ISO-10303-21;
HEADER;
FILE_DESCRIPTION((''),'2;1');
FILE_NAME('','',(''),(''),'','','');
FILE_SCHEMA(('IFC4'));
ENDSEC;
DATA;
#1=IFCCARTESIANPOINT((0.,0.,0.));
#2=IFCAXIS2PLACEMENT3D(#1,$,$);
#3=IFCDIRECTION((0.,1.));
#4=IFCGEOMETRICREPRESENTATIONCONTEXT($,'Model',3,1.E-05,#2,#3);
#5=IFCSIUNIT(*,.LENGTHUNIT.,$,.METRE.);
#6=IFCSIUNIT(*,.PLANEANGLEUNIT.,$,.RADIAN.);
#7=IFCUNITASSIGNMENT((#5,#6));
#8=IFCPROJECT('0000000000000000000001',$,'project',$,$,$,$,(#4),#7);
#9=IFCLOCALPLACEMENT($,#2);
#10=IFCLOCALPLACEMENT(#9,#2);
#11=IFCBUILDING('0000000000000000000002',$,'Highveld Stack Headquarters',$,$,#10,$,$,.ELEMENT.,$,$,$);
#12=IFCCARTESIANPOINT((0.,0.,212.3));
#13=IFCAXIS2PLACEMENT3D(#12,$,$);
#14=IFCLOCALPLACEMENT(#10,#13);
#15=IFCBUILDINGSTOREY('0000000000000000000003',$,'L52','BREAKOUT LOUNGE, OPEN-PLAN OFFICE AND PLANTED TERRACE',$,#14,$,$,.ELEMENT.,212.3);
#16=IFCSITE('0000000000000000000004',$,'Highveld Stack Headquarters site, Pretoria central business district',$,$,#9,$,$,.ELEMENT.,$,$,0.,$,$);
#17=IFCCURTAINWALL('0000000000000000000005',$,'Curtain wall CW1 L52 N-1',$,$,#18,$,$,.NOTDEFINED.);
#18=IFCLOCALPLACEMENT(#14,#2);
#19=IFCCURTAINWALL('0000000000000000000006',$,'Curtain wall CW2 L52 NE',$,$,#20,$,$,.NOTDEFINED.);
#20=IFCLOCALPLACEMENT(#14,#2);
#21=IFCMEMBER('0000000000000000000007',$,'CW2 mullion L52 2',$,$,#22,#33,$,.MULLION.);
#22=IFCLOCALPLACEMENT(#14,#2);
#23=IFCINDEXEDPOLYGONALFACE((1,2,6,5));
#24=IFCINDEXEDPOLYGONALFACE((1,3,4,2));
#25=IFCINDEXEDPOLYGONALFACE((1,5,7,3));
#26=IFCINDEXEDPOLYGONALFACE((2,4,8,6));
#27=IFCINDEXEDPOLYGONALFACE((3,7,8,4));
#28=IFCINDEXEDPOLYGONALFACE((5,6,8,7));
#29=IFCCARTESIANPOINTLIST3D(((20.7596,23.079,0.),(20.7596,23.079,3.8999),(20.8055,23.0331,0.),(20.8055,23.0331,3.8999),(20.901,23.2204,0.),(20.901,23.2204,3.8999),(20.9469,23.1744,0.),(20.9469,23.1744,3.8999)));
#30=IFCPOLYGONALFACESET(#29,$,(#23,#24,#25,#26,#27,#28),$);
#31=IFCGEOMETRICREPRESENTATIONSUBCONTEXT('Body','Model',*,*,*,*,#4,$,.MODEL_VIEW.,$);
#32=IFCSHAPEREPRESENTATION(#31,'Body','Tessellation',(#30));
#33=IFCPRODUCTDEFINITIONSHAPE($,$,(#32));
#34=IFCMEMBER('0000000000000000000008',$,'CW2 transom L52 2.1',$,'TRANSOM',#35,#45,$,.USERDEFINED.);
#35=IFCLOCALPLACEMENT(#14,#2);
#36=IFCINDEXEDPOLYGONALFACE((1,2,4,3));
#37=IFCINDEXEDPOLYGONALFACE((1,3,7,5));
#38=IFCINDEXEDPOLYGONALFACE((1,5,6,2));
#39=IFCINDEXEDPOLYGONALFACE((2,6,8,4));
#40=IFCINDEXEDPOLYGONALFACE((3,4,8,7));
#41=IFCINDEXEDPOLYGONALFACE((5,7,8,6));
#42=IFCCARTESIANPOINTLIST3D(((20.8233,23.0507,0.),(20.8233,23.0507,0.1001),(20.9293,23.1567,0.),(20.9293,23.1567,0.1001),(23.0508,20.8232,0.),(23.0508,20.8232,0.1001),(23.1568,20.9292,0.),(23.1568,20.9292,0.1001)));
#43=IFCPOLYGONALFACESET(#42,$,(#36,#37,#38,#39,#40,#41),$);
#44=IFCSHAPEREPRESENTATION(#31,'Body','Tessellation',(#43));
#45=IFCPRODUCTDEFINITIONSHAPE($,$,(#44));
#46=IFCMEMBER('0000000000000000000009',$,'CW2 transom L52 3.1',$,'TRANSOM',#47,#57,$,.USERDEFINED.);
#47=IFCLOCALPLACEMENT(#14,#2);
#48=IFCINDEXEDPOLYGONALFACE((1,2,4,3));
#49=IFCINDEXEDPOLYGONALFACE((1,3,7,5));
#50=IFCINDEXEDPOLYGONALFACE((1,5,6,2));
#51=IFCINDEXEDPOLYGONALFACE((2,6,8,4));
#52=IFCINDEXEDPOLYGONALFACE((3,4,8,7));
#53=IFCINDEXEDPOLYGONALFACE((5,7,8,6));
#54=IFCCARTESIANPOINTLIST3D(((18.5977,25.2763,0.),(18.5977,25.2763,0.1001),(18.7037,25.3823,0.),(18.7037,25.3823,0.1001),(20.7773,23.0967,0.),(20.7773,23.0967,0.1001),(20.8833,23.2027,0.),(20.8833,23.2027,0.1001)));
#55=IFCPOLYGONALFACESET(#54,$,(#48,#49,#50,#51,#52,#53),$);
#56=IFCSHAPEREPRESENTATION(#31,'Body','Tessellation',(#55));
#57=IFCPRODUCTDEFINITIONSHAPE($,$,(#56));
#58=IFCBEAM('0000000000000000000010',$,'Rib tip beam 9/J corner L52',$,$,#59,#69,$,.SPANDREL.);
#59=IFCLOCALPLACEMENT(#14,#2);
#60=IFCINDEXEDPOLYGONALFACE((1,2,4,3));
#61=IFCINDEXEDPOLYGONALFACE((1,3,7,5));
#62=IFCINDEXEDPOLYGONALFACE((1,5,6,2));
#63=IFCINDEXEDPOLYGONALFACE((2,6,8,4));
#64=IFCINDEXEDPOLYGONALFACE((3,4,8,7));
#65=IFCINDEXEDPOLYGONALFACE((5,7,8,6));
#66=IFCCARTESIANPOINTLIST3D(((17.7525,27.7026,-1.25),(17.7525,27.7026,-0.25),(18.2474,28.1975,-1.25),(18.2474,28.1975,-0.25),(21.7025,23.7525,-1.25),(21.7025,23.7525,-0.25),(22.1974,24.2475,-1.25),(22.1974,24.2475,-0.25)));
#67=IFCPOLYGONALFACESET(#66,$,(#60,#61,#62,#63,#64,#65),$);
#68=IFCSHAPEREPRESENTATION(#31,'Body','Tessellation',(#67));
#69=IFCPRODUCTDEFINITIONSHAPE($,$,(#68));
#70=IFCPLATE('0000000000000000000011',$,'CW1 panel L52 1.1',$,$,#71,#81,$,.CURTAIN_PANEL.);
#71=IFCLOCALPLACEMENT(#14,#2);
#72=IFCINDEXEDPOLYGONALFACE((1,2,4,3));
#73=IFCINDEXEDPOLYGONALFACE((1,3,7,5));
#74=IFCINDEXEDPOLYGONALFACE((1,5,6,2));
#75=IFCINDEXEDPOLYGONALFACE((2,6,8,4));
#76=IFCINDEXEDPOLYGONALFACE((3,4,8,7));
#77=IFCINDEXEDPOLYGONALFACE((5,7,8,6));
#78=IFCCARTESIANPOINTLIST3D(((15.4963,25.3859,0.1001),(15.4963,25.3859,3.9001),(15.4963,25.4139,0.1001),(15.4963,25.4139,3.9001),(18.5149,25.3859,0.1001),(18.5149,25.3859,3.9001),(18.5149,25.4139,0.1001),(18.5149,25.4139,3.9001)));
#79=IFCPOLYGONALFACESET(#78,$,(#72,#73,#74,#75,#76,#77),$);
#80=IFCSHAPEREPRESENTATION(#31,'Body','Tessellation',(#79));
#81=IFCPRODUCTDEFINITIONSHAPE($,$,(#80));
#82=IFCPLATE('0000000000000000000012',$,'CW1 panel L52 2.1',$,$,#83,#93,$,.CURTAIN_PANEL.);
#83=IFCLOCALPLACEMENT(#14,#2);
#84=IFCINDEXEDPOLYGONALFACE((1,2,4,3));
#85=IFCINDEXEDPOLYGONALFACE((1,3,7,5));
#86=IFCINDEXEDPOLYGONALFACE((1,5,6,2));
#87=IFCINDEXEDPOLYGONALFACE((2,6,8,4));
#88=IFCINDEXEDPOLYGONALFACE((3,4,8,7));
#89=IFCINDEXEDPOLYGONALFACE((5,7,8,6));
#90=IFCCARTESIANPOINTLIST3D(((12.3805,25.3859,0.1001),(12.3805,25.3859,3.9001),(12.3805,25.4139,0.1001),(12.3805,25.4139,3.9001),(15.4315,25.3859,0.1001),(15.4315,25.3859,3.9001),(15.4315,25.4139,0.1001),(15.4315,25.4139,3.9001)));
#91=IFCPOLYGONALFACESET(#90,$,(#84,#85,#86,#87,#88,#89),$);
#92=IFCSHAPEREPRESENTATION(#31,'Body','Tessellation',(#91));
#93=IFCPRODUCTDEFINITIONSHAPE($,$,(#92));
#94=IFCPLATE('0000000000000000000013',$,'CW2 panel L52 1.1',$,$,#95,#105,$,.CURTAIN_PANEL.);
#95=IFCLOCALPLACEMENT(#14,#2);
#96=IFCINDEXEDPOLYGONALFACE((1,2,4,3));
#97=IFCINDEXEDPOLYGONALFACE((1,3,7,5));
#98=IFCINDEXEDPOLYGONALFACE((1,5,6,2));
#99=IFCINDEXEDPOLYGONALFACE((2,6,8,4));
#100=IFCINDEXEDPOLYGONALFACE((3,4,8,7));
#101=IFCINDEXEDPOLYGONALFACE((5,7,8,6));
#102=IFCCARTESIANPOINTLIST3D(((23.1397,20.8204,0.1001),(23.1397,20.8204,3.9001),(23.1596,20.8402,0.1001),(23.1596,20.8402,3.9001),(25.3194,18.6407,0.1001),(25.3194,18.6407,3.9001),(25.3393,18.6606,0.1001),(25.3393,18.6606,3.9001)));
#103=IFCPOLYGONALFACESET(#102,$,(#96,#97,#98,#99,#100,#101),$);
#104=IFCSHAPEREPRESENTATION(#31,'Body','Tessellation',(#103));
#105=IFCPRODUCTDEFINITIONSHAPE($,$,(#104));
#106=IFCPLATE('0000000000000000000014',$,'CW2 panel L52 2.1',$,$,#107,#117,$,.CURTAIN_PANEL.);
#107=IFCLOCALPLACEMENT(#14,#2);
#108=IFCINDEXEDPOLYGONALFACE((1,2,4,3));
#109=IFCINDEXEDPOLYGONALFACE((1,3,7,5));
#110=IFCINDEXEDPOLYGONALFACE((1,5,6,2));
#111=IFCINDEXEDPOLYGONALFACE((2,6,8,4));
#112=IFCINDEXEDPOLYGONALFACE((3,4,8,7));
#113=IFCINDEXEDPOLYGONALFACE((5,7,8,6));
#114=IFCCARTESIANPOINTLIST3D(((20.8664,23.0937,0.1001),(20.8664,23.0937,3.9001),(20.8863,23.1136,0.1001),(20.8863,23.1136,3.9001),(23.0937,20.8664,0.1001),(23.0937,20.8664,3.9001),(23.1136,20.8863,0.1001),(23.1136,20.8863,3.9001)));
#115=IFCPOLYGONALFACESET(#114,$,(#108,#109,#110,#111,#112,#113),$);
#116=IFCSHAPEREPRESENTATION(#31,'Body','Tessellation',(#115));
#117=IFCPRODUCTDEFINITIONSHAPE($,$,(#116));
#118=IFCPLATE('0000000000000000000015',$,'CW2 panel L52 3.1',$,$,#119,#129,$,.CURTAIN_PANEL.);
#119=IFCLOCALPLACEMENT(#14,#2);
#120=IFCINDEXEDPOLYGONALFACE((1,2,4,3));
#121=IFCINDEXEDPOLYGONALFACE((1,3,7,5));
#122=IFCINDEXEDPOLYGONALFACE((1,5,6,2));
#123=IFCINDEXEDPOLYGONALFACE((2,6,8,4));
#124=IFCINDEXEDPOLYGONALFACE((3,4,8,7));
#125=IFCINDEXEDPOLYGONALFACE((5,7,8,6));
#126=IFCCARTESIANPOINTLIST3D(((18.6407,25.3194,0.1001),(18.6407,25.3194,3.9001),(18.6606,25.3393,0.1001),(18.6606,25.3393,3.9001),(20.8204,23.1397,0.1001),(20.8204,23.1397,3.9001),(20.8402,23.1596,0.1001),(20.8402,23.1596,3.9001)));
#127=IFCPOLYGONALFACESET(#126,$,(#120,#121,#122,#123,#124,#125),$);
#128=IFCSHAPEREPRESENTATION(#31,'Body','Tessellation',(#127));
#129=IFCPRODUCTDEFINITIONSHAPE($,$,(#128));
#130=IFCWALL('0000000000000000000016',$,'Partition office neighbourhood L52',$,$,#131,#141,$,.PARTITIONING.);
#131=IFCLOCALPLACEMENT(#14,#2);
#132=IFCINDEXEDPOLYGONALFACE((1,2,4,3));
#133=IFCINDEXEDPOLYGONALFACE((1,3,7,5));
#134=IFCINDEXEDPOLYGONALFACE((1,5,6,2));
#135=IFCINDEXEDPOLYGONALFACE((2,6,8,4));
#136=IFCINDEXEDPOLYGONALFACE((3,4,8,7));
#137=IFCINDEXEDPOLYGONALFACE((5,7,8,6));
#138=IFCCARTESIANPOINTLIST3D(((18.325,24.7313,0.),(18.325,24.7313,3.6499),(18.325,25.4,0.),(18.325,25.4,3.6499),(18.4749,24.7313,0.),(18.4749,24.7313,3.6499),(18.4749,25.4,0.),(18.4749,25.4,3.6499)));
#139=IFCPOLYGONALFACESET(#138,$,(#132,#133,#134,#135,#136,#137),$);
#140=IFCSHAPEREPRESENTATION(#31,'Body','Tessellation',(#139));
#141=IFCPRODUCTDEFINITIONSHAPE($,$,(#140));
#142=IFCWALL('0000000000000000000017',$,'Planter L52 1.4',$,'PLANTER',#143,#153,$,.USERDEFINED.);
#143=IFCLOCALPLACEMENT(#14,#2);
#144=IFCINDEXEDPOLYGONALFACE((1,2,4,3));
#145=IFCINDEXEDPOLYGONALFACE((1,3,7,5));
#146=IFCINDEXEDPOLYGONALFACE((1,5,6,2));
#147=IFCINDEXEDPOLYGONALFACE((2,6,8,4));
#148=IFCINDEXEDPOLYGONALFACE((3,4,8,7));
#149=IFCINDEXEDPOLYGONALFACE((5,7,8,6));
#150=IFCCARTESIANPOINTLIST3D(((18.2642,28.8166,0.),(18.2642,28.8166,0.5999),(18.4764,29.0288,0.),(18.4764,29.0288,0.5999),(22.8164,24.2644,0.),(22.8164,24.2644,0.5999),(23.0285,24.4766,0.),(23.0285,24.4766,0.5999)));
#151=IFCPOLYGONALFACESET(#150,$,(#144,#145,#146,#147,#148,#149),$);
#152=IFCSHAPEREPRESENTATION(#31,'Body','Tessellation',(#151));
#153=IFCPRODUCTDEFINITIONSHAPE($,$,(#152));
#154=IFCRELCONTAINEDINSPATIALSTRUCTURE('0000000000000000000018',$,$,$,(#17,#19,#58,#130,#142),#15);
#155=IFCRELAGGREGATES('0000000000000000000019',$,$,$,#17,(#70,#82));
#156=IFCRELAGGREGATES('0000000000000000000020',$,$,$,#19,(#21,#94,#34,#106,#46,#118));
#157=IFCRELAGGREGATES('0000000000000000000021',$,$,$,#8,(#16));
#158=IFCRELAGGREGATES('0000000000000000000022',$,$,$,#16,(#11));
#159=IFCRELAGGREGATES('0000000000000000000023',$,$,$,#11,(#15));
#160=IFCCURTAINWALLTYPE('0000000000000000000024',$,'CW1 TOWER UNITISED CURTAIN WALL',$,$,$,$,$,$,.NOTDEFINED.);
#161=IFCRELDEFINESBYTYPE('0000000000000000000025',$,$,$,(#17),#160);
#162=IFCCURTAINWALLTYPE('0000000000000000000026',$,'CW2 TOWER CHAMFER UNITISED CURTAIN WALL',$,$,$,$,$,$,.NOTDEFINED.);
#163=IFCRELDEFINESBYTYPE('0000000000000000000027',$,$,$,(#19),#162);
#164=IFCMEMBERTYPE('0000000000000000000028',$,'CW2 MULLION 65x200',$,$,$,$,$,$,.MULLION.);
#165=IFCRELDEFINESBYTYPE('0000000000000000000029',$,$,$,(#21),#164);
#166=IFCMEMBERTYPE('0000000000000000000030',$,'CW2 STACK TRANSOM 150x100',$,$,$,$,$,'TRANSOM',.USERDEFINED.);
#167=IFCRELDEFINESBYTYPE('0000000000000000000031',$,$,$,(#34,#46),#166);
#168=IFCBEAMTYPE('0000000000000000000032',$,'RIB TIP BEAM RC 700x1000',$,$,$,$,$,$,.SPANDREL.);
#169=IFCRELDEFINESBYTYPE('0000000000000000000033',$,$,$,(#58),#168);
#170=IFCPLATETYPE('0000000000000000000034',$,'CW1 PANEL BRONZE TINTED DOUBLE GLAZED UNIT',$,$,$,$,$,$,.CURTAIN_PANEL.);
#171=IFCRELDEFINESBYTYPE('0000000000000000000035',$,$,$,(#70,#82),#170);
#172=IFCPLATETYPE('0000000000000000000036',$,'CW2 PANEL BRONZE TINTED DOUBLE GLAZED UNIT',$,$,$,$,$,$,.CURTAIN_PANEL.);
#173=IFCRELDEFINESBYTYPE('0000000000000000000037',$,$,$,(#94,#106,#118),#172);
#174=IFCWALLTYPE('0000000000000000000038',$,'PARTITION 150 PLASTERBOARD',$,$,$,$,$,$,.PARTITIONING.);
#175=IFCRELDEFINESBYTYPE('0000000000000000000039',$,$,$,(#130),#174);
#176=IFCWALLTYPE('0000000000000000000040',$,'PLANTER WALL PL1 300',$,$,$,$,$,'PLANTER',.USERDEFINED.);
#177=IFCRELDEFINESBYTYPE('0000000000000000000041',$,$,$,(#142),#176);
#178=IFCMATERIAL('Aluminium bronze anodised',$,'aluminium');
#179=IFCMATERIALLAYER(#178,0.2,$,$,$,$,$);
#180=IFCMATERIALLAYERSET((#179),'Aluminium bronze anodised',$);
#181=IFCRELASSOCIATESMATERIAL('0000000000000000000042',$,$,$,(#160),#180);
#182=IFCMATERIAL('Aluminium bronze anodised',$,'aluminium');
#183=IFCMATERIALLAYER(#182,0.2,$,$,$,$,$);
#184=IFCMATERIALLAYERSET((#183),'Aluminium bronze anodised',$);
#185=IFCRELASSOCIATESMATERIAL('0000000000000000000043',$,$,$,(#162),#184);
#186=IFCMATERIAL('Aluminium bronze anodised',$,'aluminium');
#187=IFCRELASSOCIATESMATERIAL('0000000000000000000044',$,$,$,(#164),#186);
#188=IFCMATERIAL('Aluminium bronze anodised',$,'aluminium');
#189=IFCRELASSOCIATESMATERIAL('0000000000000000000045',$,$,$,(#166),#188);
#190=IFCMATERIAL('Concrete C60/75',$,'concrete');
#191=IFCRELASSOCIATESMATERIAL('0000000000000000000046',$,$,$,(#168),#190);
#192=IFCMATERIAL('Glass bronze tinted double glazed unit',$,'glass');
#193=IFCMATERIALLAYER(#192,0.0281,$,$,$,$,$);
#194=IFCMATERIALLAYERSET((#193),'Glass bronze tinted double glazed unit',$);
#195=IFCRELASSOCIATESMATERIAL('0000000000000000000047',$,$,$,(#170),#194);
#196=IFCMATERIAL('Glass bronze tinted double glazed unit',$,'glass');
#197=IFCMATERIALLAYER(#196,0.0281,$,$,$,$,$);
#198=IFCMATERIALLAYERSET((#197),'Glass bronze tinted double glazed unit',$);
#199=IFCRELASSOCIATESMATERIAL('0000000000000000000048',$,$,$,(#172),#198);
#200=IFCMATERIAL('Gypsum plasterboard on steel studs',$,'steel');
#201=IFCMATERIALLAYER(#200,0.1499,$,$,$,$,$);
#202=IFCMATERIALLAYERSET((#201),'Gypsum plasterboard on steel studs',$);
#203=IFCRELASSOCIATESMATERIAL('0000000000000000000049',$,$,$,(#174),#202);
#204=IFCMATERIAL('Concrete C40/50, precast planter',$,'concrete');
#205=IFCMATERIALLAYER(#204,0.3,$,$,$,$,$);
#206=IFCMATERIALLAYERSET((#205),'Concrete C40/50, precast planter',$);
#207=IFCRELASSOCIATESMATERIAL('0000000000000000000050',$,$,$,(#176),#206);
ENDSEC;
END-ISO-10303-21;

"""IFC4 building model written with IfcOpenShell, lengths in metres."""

from ifc_helpers import new_model, si_unit, direction, frame, frame_2d, origin, origin_2d, place, context, subcontext, project, spatial, rectangle, extrude, material, layer, layer_set, material_profile, profile_set, type_object, element, aggregate, save


model = new_model("IFC4")

# Units and contexts
model_context = context("Model", 3, precision=1e-05, world=origin(), true_north=direction((0.0, 1.0)))
body_context = subcontext(model_context, "Body", "Model", "MODEL_VIEW")
ifc_project = project(units=[si_unit("LENGTHUNIT", "METRE"), si_unit("PLANEANGLEUNIT", "RADIAN")], contexts=[model_context])

# Site, building, storey
site_placement = place(None, origin())
site = spatial("IfcSite", under=ifc_project, at=site_placement, Name="Highveld Stack Headquarters site, Pretoria central business district", CompositionType="ELEMENT", RefElevation=0.0)
building_placement = place(site_placement, origin())
building = spatial("IfcBuilding", under=site, at=building_placement, Name="Highveld Stack Headquarters", CompositionType="ELEMENT")
storey_placement = place(building_placement, frame((0.0, 0.0, 212.3)))
storey = spatial("IfcBuildingStorey", under=building, at=storey_placement, Name="L52", Description="BREAKOUT LOUNGE, OPEN-PLAN OFFICE AND PLANTED TERRACE", CompositionType="ELEMENT", Elevation=212.3)

# Curtain walls, members
ifc_material_1 = material(Name="Aluminium bronze anodised", Category="aluminium")
ifc_layer_1 = layer(ifc_material_1, 0.2)
ifc_layer_set_1 = layer_set([ifc_layer_1], Name="Aluminium bronze anodised")
curtain_wall_type_1 = type_object("IfcCurtainWallType", Name="CW1 TOWER UNITISED CURTAIN WALL", PredefinedType="NOTDEFINED", material=ifc_layer_set_1)
curtain_wall_1_placement = place(storey_placement, origin())
curtain_wall_1 = element("IfcCurtainWall", 1, at=curtain_wall_1_placement, inside=storey, type_object=curtain_wall_type_1, Name="Curtain wall CW1 L52 N-1", PredefinedType="NOTDEFINED")
ifc_material_2 = material(Name="Aluminium bronze anodised", Category="aluminium")
ifc_layer_2 = layer(ifc_material_2, 0.2)
ifc_layer_set_2 = layer_set([ifc_layer_2], Name="Aluminium bronze anodised")
curtain_wall_type_2 = type_object("IfcCurtainWallType", Name="CW2 TOWER CHAMFER UNITISED CURTAIN WALL", PredefinedType="NOTDEFINED", material=ifc_layer_set_2)
curtain_wall_2_placement = place(storey_placement, origin())
curtain_wall_2 = element("IfcCurtainWall", 2, at=curtain_wall_2_placement, inside=storey, type_object=curtain_wall_type_2, Name="Curtain wall CW2 L52 NE", PredefinedType="NOTDEFINED")
ifc_material_3 = material(Name="Aluminium bronze anodised", Category="aluminium")
ifc_material_profile_1 = material_profile(ifc_material_3, rectangle(XDim=0.2, YDim=0.0649, at=origin_2d()), Name="CW2 MULLION 65x200")
ifc_profile_set_1 = profile_set([ifc_material_profile_1], Name="Aluminium bronze anodised")
member_type_1 = type_object("IfcMemberType", Name="CW2 MULLION 65x200", PredefinedType="MULLION", material=ifc_profile_set_1)
member_1_placement = place(storey_placement, frame((20.8533, 23.1267, 0.0), z_axis=(0.0, 0.0, 1.0), x_axis=(-0.707107, -0.707107, 0.0)))
member_1 = element("IfcMember", 3, at=member_1_placement, type_object=member_type_1, Name="CW2 mullion L52 2", PredefinedType="MULLION", context=body_context, shape_type="SweptSolid", body=[
    extrude(rectangle(XDim=0.2, YDim=0.0649, at=origin_2d()), origin(), (0.0, 0.0, 1.0), 3.8999),
])
ifc_material_4 = material(Name="Aluminium bronze anodised", Category="aluminium")
ifc_material_profile_2 = material_profile(ifc_material_4, rectangle(XDim=0.1499, YDim=0.1001, at=origin_2d()), Name="CW2 TRANSOM 150x100")
ifc_profile_set_2 = profile_set([ifc_material_profile_2], Name="Aluminium bronze anodised")
member_type_2 = type_object("IfcMemberType", Name="CW2 STACK TRANSOM 150x100", ElementType="TRANSOM", PredefinedType="USERDEFINED", material=ifc_profile_set_2)
member_2_placement = place(storey_placement, frame((23.1038, 20.8762, 0.05), z_axis=(-0.707107, 0.707107, 0.0), x_axis=(-0.707107, -0.707107, 0.0)))
member_2 = element("IfcMember", 4, at=member_2_placement, type_object=member_type_2, Name="CW2 transom L52 2.1", ObjectType="TRANSOM", PredefinedType="USERDEFINED", context=body_context, shape_type="SweptSolid", body=[
    extrude(rectangle(XDim=0.1499, YDim=0.1001, at=origin_2d()), origin(), (0.0, 0.0, 1.0), 3.1501),
])
member_3_placement = place(storey_placement, frame((20.8303, 23.1497, 0.05), z_axis=(-0.707107, 0.707107, 0.0), x_axis=(-0.707107, -0.707107, 0.0)))
member_3 = element("IfcMember", 5, at=member_3_placement, type_object=member_type_2, Name="CW2 transom L52 3.1", ObjectType="TRANSOM", PredefinedType="USERDEFINED", context=body_context, shape_type="SweptSolid", body=[
    extrude(rectangle(XDim=0.1499, YDim=0.1001, at=origin_2d()), origin(), (0.0, 0.0, 1.0), 3.0825),
])

# Beam
ifc_material_5 = material(Name="Concrete C60/75", Category="concrete")
ifc_material_profile_3 = material_profile(ifc_material_5, rectangle(XDim=0.7, YDim=1.0, at=origin_2d()), Name="RC 700x1000")
ifc_profile_set_3 = profile_set([ifc_material_profile_3], Name="Concrete C60/75")
beam_type_1 = type_object("IfcBeamType", Name="RIB TIP BEAM RC 700x1000", PredefinedType="SPANDREL", material=ifc_profile_set_3)
beam_1_placement = place(storey_placement, frame((21.95, 24.0, -0.75), z_axis=(-0.707107, 0.707107, 0.0), x_axis=(-0.707107, -0.707107, 0.0)))
element("IfcBeam", 6, at=beam_1_placement, inside=storey, type_object=beam_type_1, Name="Rib tip beam 9/J corner L52", PredefinedType="SPANDREL", context=body_context, shape_type="SweptSolid", body=[
    extrude(rectangle(XDim=0.7, YDim=1.0, at=origin_2d()), origin(), (0.0, 0.0, 1.0), 5.5862),
])

# Plates
ifc_material_6 = material(Name="Glass bronze tinted double glazed unit", Category="glass")
ifc_layer_3 = layer(ifc_material_6, 0.0281)
ifc_layer_set_3 = layer_set([ifc_layer_3], Name="Glass bronze tinted double glazed unit")
plate_type_1 = type_object("IfcPlateType", Name="CW1 PANEL BRONZE TINTED DOUBLE GLAZED UNIT", PredefinedType="CURTAIN_PANEL", material=ifc_layer_set_3)
plate_1_placement = place(storey_placement, frame((17.0056, 25.3999, 0.1001), z_axis=(0.0, 0.0, 1.0), x_axis=(-1.0, 0.0, 0.0)))
plate_1 = element("IfcPlate", 7, at=plate_1_placement, type_object=plate_type_1, Name="CW1 panel L52 1.1", PredefinedType="CURTAIN_PANEL", context=body_context, shape_type="SweptSolid", body=[
    extrude(rectangle(XDim=3.0186, YDim=0.0281, at=origin_2d()), origin(), (0.0, 0.0, 1.0), 3.8),
])
plate_2_placement = place(storey_placement, frame((13.906, 25.3999, 0.1001), z_axis=(0.0, 0.0, 1.0), x_axis=(-1.0, 0.0, 0.0)))
plate_2 = element("IfcPlate", 8, at=plate_2_placement, type_object=plate_type_1, Name="CW1 panel L52 2.1", PredefinedType="CURTAIN_PANEL", context=body_context, shape_type="SweptSolid", body=[
    extrude(rectangle(XDim=3.051, YDim=0.0281, at=origin_2d()), origin(), (0.0, 0.0, 1.0), 3.8),
])
aggregate(curtain_wall_1, [plate_1, plate_2])
ifc_material_7 = material(Name="Glass bronze tinted double glazed unit", Category="glass")
ifc_layer_4 = layer(ifc_material_7, 0.0281)
ifc_layer_set_4 = layer_set([ifc_layer_4], Name="Glass bronze tinted double glazed unit")
plate_type_2 = type_object("IfcPlateType", Name="CW2 PANEL BRONZE TINTED DOUBLE GLAZED UNIT", PredefinedType="CURTAIN_PANEL", material=ifc_layer_set_4)
plate_3_placement = place(storey_placement, frame((24.2395, 19.7405, 0.1001), z_axis=(0.0, 0.0, 1.0), x_axis=(-0.707107, 0.707107, 0.0)))
plate_3 = element("IfcPlate", 9, at=plate_3_placement, type_object=plate_type_2, Name="CW2 panel L52 1.1", PredefinedType="CURTAIN_PANEL", context=body_context, shape_type="SweptSolid", body=[
    extrude(rectangle(XDim=3.0825, YDim=0.0281, at=origin_2d()), origin(), (0.0, 0.0, 1.0), 3.8),
])
plate_4_placement = place(storey_placement, frame((21.99, 21.99, 0.1001), z_axis=(0.0, 0.0, 1.0), x_axis=(-0.707107, 0.707107, 0.0)))
plate_4 = element("IfcPlate", 10, at=plate_4_placement, type_object=plate_type_2, Name="CW2 panel L52 2.1", PredefinedType="CURTAIN_PANEL", context=body_context, shape_type="SweptSolid", body=[
    extrude(rectangle(XDim=3.1499, YDim=0.0281, at=origin_2d()), origin(), (0.0, 0.0, 1.0), 3.8),
])
plate_5_placement = place(storey_placement, frame((19.7405, 24.2395, 0.1001), z_axis=(0.0, 0.0, 1.0), x_axis=(-0.707107, 0.707107, 0.0)))
plate_5 = element("IfcPlate", 11, at=plate_5_placement, type_object=plate_type_2, Name="CW2 panel L52 3.1", PredefinedType="CURTAIN_PANEL", context=body_context, shape_type="SweptSolid", body=[
    extrude(rectangle(XDim=3.0825, YDim=0.0281, at=origin_2d()), origin(), (0.0, 0.0, 1.0), 3.8),
])
aggregate(curtain_wall_2, [member_1, plate_3, member_2, plate_4, member_3, plate_5])

# Walls
ifc_material_8 = material(Name="Gypsum plasterboard on steel studs", Category="steel")
ifc_layer_5 = layer(ifc_material_8, 0.1499)
ifc_layer_set_5 = layer_set([ifc_layer_5], Name="Gypsum plasterboard on steel studs")
wall_type_1 = type_object("IfcWallType", Name="PARTITION 150 PLASTERBOARD", PredefinedType="PARTITIONING", material=ifc_layer_set_5)
wall_1_placement = place(storey_placement, frame((18.3999, 24.7312, 0.0), z_axis=(0.0, 0.0, 1.0), x_axis=(0.0, 1.0, 0.0)))
element("IfcWall", 12, at=wall_1_placement, inside=storey, type_object=wall_type_1, Name="Partition office neighbourhood L52", PredefinedType="PARTITIONING", context=body_context, shape_type="SweptSolid", body=[
    extrude(rectangle(XDim=0.6687, YDim=0.1499, at=frame_2d((0.3345, 0.0))), origin(), (0.0, 0.0, 1.0), 3.6499),
])
ifc_material_9 = material(Name="Concrete C40/50, precast planter", Category="concrete")
ifc_layer_6 = layer(ifc_material_9, 0.3)
ifc_layer_set_6 = layer_set([ifc_layer_6], Name="Concrete C40/50, precast planter")
wall_type_2 = type_object("IfcWallType", Name="PLANTER WALL PL1 300", ElementType="PLANTER", PredefinedType="USERDEFINED", material=ifc_layer_set_6)
wall_2_placement = place(storey_placement, frame((18.3704, 28.9226, 0.0), z_axis=(0.0, 0.0, 1.0), x_axis=(0.707107, -0.707107, 0.0)))
element("IfcWall", 13, at=wall_2_placement, inside=storey, type_object=wall_type_2, Name="Planter L52 1.4", ObjectType="PLANTER", PredefinedType="USERDEFINED", context=body_context, shape_type="SweptSolid", body=[
    extrude(rectangle(XDim=6.4377, YDim=0.3, at=frame_2d((3.2188, 0.0))), origin(), (0.0, 0.0, 1.0), 0.5999),
])

save(model, "model.ifc")
